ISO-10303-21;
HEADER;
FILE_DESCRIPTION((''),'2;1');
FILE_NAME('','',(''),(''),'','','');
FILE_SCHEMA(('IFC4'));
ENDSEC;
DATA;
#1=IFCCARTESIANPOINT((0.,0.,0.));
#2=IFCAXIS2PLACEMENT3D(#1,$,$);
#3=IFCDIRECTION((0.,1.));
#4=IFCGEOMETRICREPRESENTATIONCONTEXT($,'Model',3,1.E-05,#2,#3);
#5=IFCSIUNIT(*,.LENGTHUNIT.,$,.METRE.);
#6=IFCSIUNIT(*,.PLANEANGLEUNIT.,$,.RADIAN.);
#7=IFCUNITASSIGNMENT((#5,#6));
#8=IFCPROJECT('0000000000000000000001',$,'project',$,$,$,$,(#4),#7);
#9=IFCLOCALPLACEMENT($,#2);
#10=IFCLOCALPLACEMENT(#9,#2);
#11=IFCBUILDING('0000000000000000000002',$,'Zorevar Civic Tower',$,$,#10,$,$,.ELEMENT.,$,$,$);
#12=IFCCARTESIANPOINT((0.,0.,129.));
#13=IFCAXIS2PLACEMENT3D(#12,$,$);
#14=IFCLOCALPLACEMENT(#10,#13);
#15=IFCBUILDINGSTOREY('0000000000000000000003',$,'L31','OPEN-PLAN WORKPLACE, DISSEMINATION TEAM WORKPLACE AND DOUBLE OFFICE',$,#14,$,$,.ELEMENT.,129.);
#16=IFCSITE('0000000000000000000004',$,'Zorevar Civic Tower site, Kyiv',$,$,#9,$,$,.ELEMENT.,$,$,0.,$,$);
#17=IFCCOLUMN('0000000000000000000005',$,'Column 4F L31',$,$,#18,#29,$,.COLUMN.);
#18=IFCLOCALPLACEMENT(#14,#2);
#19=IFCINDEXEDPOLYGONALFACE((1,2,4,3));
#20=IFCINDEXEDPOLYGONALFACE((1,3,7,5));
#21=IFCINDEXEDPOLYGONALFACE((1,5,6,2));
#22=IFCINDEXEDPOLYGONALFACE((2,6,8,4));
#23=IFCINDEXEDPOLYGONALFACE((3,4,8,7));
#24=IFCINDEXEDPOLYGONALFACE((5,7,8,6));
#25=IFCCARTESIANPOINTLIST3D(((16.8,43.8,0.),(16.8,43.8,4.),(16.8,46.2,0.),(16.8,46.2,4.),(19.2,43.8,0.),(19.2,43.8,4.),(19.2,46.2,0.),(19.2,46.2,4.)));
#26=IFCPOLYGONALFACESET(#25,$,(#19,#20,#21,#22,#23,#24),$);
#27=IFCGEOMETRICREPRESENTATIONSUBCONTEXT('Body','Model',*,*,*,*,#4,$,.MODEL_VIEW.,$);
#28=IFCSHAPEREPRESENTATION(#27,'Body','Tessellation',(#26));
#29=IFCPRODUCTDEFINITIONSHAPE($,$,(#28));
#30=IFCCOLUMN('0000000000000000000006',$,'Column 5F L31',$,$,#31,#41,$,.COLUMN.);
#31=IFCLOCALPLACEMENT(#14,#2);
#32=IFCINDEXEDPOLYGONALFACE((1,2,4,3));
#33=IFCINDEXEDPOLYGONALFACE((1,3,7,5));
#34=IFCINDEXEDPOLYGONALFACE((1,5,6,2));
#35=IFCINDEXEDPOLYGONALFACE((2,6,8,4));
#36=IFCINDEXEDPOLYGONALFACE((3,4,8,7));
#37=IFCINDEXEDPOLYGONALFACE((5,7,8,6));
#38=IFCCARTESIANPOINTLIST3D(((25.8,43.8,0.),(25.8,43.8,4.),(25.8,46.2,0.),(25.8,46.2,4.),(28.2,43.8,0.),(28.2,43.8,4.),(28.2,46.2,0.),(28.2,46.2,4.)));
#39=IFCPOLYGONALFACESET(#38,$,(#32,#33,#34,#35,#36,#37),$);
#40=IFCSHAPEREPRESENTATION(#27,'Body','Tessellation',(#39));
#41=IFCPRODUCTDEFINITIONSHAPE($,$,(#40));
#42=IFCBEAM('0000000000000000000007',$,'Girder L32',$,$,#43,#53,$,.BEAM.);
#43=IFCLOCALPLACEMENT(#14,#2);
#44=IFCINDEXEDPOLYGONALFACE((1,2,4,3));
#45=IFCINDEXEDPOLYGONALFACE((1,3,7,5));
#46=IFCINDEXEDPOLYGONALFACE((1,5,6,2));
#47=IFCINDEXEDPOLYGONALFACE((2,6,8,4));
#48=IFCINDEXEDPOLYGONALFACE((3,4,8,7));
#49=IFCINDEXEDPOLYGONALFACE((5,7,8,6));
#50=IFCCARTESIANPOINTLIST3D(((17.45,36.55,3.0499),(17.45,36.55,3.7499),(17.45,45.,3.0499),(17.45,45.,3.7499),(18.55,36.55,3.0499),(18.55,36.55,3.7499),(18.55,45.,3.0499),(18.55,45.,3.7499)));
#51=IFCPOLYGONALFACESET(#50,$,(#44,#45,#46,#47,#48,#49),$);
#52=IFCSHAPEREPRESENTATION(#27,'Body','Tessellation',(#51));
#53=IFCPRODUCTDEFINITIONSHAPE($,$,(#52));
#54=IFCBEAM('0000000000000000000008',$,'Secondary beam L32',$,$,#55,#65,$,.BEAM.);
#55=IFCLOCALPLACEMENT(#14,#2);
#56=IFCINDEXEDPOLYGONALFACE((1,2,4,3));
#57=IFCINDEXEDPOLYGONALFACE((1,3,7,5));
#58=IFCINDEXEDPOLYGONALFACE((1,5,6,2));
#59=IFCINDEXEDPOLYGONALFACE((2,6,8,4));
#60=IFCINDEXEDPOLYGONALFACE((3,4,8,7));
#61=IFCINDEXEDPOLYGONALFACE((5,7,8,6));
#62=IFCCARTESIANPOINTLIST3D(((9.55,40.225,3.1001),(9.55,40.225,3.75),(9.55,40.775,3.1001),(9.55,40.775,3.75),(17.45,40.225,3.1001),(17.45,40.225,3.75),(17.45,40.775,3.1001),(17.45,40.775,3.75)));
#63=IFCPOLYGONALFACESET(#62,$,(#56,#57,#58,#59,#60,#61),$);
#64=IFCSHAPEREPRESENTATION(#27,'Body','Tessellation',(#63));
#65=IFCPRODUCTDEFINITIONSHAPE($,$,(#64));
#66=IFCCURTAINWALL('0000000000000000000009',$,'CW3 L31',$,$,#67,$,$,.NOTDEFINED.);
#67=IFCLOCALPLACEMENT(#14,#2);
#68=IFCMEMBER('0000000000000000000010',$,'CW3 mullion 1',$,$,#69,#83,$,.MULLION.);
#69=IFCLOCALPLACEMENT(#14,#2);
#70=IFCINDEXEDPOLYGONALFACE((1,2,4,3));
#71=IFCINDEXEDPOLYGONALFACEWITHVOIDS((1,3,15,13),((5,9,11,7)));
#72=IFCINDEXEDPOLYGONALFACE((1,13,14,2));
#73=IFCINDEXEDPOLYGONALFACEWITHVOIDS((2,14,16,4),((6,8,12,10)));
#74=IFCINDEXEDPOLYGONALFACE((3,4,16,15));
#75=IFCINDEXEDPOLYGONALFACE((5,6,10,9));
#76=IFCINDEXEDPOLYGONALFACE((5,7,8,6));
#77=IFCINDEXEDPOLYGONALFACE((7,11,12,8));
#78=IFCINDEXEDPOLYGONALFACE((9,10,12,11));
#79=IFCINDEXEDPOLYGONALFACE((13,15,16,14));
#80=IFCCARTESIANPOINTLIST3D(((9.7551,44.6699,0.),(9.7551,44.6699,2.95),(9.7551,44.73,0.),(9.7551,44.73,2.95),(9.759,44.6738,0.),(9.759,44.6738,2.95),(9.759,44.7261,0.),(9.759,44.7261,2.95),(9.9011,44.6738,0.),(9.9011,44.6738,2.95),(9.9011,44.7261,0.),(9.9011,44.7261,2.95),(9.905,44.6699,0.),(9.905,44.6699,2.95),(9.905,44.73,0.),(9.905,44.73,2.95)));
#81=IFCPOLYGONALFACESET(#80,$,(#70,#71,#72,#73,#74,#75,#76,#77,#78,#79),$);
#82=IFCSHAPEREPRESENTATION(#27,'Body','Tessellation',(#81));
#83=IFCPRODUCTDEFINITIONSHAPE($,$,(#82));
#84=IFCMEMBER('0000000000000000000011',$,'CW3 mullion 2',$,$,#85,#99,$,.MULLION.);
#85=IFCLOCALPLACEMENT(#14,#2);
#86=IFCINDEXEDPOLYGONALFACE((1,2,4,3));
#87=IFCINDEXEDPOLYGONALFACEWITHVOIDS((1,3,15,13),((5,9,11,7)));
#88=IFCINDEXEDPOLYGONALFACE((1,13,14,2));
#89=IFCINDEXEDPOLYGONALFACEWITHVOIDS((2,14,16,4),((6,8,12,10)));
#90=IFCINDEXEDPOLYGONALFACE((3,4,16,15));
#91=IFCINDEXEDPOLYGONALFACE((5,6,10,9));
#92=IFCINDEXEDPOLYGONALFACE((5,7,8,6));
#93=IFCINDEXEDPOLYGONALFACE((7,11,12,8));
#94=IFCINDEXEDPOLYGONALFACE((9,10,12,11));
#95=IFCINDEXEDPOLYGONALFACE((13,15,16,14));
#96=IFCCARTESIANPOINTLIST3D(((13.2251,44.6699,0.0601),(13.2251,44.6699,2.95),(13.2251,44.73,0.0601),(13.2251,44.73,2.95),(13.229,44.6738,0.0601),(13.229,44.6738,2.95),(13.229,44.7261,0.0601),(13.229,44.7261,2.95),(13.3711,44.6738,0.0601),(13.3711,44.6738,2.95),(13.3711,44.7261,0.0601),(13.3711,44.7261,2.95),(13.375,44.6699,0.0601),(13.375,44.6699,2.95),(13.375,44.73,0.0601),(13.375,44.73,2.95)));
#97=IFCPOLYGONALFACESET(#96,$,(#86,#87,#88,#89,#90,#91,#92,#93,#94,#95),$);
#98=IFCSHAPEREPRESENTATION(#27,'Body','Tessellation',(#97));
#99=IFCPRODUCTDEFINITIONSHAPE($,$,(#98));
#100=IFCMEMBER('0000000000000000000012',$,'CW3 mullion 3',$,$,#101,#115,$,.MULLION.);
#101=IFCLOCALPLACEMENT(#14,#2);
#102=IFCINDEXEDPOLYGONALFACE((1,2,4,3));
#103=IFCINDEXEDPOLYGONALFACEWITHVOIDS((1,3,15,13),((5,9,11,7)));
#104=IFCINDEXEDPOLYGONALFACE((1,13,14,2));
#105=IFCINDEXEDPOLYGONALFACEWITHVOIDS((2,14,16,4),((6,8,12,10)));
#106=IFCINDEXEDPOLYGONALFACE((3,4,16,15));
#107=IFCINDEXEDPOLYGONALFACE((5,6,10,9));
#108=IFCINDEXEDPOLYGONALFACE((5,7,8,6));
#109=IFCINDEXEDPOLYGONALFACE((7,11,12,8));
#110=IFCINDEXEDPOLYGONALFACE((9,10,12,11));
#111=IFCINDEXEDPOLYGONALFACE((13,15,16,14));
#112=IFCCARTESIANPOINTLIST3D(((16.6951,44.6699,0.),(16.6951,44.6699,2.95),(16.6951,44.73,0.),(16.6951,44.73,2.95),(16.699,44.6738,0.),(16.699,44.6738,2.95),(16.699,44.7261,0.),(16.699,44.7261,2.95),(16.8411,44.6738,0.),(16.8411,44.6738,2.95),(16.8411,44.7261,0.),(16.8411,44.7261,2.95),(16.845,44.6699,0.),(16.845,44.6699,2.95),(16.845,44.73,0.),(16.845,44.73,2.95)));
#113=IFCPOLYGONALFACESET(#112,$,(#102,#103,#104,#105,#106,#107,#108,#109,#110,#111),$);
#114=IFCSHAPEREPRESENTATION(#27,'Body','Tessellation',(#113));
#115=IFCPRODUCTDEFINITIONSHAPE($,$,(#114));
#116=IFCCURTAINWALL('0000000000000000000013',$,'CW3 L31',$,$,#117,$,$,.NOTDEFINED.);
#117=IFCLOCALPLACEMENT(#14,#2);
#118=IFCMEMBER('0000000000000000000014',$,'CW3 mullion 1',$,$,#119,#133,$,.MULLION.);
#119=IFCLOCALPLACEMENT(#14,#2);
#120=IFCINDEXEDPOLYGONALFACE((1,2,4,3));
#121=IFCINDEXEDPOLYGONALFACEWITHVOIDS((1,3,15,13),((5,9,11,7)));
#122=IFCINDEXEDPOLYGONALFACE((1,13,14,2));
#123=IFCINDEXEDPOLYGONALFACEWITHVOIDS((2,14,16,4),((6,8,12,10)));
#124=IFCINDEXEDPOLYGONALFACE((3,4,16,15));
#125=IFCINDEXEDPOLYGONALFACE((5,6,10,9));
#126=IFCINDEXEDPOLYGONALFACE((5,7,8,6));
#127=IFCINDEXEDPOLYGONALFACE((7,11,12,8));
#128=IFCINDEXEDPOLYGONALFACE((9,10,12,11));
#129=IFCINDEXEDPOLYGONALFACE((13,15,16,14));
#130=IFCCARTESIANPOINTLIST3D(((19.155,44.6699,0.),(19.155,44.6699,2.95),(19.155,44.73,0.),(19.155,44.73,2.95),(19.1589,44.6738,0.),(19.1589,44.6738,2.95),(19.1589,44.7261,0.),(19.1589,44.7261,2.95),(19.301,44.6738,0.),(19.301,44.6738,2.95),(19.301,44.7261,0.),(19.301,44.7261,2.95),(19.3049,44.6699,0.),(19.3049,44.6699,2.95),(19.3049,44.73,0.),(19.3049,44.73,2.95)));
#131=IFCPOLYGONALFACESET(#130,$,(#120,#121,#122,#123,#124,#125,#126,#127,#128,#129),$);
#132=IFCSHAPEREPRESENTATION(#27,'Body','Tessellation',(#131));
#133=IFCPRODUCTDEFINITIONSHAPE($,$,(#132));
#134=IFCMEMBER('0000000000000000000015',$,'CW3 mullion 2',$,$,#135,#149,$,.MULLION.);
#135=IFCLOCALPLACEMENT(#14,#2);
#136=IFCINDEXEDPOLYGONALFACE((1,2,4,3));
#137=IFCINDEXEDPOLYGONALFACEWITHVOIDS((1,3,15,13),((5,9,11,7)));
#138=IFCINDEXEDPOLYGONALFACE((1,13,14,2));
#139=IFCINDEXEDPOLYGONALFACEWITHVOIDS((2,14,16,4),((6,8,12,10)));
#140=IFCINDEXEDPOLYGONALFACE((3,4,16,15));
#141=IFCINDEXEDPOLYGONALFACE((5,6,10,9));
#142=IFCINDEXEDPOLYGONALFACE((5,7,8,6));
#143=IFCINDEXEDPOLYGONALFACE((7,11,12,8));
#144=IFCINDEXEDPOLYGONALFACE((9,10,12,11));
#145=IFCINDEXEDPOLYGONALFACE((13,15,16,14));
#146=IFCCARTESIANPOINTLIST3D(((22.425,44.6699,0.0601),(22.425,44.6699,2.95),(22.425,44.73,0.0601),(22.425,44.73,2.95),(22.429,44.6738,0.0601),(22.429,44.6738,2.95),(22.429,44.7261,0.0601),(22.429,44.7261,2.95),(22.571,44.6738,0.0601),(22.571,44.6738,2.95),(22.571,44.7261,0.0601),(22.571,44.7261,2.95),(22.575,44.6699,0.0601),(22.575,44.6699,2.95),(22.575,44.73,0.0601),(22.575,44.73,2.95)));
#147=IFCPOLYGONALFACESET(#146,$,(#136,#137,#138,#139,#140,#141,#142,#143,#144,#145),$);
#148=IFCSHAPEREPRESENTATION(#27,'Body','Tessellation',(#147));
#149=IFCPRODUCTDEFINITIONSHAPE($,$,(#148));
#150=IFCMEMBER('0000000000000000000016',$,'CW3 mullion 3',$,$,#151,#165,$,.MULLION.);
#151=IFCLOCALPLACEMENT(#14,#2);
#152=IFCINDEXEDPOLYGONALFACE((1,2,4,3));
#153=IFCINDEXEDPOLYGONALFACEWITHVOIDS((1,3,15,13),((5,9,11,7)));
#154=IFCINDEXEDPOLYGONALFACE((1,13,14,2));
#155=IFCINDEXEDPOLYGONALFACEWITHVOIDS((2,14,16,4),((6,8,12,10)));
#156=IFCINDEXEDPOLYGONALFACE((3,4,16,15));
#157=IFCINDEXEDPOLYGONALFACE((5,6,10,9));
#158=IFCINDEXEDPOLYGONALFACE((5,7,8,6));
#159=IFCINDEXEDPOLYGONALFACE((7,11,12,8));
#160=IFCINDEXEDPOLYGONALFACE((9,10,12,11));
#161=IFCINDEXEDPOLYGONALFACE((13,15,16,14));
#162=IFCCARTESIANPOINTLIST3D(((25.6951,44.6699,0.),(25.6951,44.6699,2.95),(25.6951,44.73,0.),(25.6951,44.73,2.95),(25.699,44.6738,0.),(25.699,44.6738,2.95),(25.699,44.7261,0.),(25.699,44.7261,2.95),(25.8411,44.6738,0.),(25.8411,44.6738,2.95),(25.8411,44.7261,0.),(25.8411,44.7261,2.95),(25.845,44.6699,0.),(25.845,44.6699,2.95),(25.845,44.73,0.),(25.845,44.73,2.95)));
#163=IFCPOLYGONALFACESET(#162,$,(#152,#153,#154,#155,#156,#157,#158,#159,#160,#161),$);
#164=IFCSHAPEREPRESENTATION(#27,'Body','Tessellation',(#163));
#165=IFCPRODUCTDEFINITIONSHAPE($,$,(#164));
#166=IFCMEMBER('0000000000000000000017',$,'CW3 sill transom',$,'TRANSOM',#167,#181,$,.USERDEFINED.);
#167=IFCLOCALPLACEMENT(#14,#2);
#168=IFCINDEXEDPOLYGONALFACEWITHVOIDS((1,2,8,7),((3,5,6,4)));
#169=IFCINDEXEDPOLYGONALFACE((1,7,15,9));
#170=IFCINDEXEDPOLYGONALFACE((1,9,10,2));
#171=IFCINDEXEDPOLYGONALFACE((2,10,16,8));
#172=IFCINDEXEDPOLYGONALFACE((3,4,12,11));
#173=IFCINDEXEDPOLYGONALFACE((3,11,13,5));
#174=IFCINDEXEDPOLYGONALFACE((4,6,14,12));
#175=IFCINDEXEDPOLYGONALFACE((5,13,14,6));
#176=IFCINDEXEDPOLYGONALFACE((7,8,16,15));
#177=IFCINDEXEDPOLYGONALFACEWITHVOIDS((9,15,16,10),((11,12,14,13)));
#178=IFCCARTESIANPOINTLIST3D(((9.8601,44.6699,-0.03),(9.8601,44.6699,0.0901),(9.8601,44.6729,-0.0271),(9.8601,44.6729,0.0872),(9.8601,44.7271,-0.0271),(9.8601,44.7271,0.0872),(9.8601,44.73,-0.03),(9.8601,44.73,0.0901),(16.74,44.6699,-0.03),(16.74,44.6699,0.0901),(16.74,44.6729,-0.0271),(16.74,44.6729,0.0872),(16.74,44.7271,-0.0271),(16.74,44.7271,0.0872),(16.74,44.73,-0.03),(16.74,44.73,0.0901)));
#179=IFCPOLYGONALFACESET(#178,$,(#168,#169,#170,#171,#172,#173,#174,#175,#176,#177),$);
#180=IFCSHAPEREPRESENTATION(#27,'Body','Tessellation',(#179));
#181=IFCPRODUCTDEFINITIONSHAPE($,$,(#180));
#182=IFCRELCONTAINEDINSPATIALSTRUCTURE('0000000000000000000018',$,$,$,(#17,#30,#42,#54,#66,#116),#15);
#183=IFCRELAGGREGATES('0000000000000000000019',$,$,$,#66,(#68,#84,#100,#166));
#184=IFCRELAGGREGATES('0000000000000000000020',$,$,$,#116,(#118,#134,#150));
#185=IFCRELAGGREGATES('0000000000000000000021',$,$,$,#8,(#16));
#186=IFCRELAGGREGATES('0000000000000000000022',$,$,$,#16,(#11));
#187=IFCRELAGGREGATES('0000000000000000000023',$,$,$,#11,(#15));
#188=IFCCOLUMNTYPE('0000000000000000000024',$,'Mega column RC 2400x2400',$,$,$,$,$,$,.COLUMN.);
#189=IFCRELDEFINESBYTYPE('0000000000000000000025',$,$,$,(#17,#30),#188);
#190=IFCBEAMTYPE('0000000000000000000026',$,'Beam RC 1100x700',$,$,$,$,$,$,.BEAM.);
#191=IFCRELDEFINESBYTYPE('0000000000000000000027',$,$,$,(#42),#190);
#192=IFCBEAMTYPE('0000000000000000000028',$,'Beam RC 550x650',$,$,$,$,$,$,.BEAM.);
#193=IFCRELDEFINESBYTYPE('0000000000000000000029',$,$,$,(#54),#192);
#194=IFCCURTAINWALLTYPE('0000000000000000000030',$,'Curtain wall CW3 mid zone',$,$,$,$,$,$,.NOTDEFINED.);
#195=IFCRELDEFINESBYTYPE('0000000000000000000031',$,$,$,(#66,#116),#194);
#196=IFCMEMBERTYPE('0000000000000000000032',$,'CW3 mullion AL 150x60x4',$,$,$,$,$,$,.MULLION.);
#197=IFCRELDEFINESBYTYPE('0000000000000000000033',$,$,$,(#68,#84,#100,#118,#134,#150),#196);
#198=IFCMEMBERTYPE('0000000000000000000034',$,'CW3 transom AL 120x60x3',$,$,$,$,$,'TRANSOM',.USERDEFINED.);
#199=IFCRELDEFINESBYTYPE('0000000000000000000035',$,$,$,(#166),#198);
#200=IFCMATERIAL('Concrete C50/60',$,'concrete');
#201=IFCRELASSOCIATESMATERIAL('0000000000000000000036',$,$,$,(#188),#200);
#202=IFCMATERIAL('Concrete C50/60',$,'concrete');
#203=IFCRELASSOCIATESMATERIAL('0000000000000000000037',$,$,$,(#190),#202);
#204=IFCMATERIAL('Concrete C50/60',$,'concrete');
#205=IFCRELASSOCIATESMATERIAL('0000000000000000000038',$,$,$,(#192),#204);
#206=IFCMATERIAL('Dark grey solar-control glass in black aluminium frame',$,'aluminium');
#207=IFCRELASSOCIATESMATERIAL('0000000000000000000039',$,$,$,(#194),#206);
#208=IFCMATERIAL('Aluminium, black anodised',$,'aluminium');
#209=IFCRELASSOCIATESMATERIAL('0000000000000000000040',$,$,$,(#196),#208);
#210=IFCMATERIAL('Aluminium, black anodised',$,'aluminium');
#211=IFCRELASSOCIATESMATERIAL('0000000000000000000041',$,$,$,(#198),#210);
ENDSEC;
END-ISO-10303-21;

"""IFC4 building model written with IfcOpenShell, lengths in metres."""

from ifc_helpers import new_model, si_unit, direction, frame, origin, origin_2d, place, context, subcontext, project, spatial, rectangle, hollow_rectangle, extrude, material, material_profile, profile_set, type_object, element, aggregate, save


model = new_model("IFC4")

# Units and contexts
model_context = context("Model", 3, precision=1e-05, world=origin(), true_north=direction((0.0, 1.0)))
body_context = subcontext(model_context, "Body", "Model", "MODEL_VIEW")
ifc_project = project(units=[si_unit("LENGTHUNIT", "METRE"), si_unit("PLANEANGLEUNIT", "RADIAN")], contexts=[model_context])

# Site, building, storey
site_placement = place(None, origin())
site = spatial("IfcSite", under=ifc_project, at=site_placement, Name="Zorevar Civic Tower site, Kyiv", CompositionType="ELEMENT", RefElevation=0.0)
building_placement = place(site_placement, origin())
building = spatial("IfcBuilding", under=site, at=building_placement, Name="Zorevar Civic Tower", CompositionType="ELEMENT")
storey_placement = place(building_placement, frame((0.0, 0.0, 129.0)))
storey = spatial("IfcBuildingStorey", under=building, at=storey_placement, Name="L31", Description="OPEN-PLAN WORKPLACE, DISSEMINATION TEAM WORKPLACE AND DOUBLE OFFICE", CompositionType="ELEMENT", Elevation=129.0)

# Columns
ifc_material_1 = material(Name="Concrete C50/60", Category="concrete")
ifc_material_profile_1 = material_profile(ifc_material_1, rectangle(XDim=2.3999, YDim=2.3999, at=origin_2d()), Name="RC 2400x2400")
ifc_profile_set_1 = profile_set([ifc_material_profile_1], Name="Concrete C50/60")
column_type = type_object("IfcColumnType", Name="Mega column RC 2400x2400", PredefinedType="COLUMN", material=ifc_profile_set_1)
for number, where, z_axis, x_axis, name in (
    (1, (18.0, 45.0, 0.0), (0.0, 0.0, 1.0), (1.0, 0.0, 0.0), "Column 4F L31"),
    (2, (27.0, 45.0, 0.0), (0.0, 0.0, 1.0), (1.0, 0.0, 0.0), "Column 5F L31"),
):
    element("IfcColumn", number, at=place(storey_placement, frame(where, z_axis=z_axis, x_axis=x_axis)), inside=storey, type_object=column_type, Name=name, PredefinedType="COLUMN", context=body_context, shape_type="SweptSolid", body=[
        extrude(rectangle(XDim=2.3999, YDim=2.3999, at=origin_2d()), origin(), (0.0, 0.0, 1.0), 4.0),
    ])

# Beams
ifc_material_2 = material(Name="Concrete C50/60", Category="concrete")
ifc_material_profile_2 = material_profile(ifc_material_2, rectangle(XDim=1.1001, YDim=0.7, at=origin_2d()), Name="RC 1100x700")
ifc_profile_set_2 = profile_set([ifc_material_profile_2], Name="Concrete C50/60")
beam_type_1 = type_object("IfcBeamType", Name="Beam RC 1100x700", PredefinedType="BEAM", material=ifc_profile_set_2)
beam_1_placement = place(storey_placement, frame((18.0, 36.55, 3.3999), z_axis=(0.0, 1.0, 0.0), x_axis=(-1.0, 0.0, 0.0)))
element("IfcBeam", 3, at=beam_1_placement, inside=storey, type_object=beam_type_1, Name="Girder L32", PredefinedType="BEAM", context=body_context, shape_type="SweptSolid", body=[
    extrude(rectangle(XDim=1.1001, YDim=0.7, at=origin_2d()), origin(), (0.0, 0.0, 1.0), 8.45),
])
ifc_material_3 = material(Name="Concrete C50/60", Category="concrete")
ifc_material_profile_3 = material_profile(ifc_material_3, rectangle(XDim=0.55, YDim=0.6499, at=origin_2d()), Name="RC 550x650")
ifc_profile_set_3 = profile_set([ifc_material_profile_3], Name="Concrete C50/60")
beam_type_2 = type_object("IfcBeamType", Name="Beam RC 550x650", PredefinedType="BEAM", material=ifc_profile_set_3)
beam_2_placement = place(storey_placement, frame((9.55, 40.5, 3.425), z_axis=(1.0, 0.0, 0.0), x_axis=(0.0, 1.0, 0.0)))
element("IfcBeam", 4, at=beam_2_placement, inside=storey, type_object=beam_type_2, Name="Secondary beam L32", PredefinedType="BEAM", context=body_context, shape_type="SweptSolid", body=[
    extrude(rectangle(XDim=0.55, YDim=0.6499, at=origin_2d()), origin(), (0.0, 0.0, 1.0), 7.8999),
])

# Curtain walls, members
ifc_material_4 = material(Name="Dark grey solar-control glass in black aluminium frame", Category="aluminium")
curtain_wall_type = type_object("IfcCurtainWallType", Name="Curtain wall CW3 mid zone", PredefinedType="NOTDEFINED", material=ifc_material_4)
curtain_wall_1_placement = place(storey_placement, origin())
curtain_wall_1 = element("IfcCurtainWall", 5, at=curtain_wall_1_placement, inside=storey, type_object=curtain_wall_type, Name="CW3 L31", PredefinedType="NOTDEFINED")
ifc_material_5 = material(Name="Aluminium, black anodised", Category="aluminium")
ifc_material_profile_4 = material_profile(ifc_material_5, hollow_rectangle(XDim=0.0601, YDim=0.1499, WallThickness=0.0039, at=origin_2d()), Name="AL 150x60x4")
ifc_profile_set_4 = profile_set([ifc_material_profile_4], Name="Aluminium, black anodised")
member_type_1 = type_object("IfcMemberType", Name="CW3 mullion AL 150x60x4", PredefinedType="MULLION", material=ifc_profile_set_4)
member_1_placement = place(storey_placement, frame((9.8301, 44.7, 0.0), z_axis=(0.0, 0.0, 1.0), x_axis=(0.0, 1.0, 0.0)))
member_1 = element("IfcMember", 6, at=member_1_placement, type_object=member_type_1, Name="CW3 mullion 1", PredefinedType="MULLION", context=body_context, shape_type="SweptSolid", body=[
    extrude(hollow_rectangle(XDim=0.0601, YDim=0.1499, WallThickness=0.0039, at=origin_2d()), origin(), (0.0, 0.0, 1.0), 2.95),
])
member_2_placement = place(storey_placement, frame((13.3, 44.7, 0.0601), z_axis=(0.0, 0.0, 1.0), x_axis=(0.0, 1.0, 0.0)))
member_2 = element("IfcMember", 7, at=member_2_placement, type_object=member_type_1, Name="CW3 mullion 2", PredefinedType="MULLION", context=body_context, shape_type="SweptSolid", body=[
    extrude(hollow_rectangle(XDim=0.0601, YDim=0.1499, WallThickness=0.0039, at=origin_2d()), origin(), (0.0, 0.0, 1.0), 2.8899),
])
member_3_placement = place(storey_placement, frame((16.77, 44.7, 0.0), z_axis=(0.0, 0.0, 1.0), x_axis=(0.0, 1.0, 0.0)))
member_3 = element("IfcMember", 8, at=member_3_placement, type_object=member_type_1, Name="CW3 mullion 3", PredefinedType="MULLION", context=body_context, shape_type="SweptSolid", body=[
    extrude(hollow_rectangle(XDim=0.0601, YDim=0.1499, WallThickness=0.0039, at=origin_2d()), origin(), (0.0, 0.0, 1.0), 2.95),
])
curtain_wall_2_placement = place(storey_placement, origin())
curtain_wall_2 = element("IfcCurtainWall", 9, at=curtain_wall_2_placement, inside=storey, type_object=curtain_wall_type, Name="CW3 L31", PredefinedType="NOTDEFINED")
member_4_placement = place(storey_placement, frame((19.23, 44.7, 0.0), z_axis=(0.0, 0.0, 1.0), x_axis=(0.0, 1.0, 0.0)))
member_4 = element("IfcMember", 10, at=member_4_placement, type_object=member_type_1, Name="CW3 mullion 1", PredefinedType="MULLION", context=body_context, shape_type="SweptSolid", body=[
    extrude(hollow_rectangle(XDim=0.0601, YDim=0.1499, WallThickness=0.0039, at=origin_2d()), origin(), (0.0, 0.0, 1.0), 2.95),
])
member_5_placement = place(storey_placement, frame((22.5, 44.7, 0.0601), z_axis=(0.0, 0.0, 1.0), x_axis=(0.0, 1.0, 0.0)))
member_5 = element("IfcMember", 11, at=member_5_placement, type_object=member_type_1, Name="CW3 mullion 2", PredefinedType="MULLION", context=body_context, shape_type="SweptSolid", body=[
    extrude(hollow_rectangle(XDim=0.0601, YDim=0.1499, WallThickness=0.0039, at=origin_2d()), origin(), (0.0, 0.0, 1.0), 2.8899),
])
member_6_placement = place(storey_placement, frame((25.77, 44.7, 0.0), z_axis=(0.0, 0.0, 1.0), x_axis=(0.0, 1.0, 0.0)))
member_6 = element("IfcMember", 12, at=member_6_placement, type_object=member_type_1, Name="CW3 mullion 3", PredefinedType="MULLION", context=body_context, shape_type="SweptSolid", body=[
    extrude(hollow_rectangle(XDim=0.0601, YDim=0.1499, WallThickness=0.0039, at=origin_2d()), origin(), (0.0, 0.0, 1.0), 2.95),
])

# Member
ifc_material_6 = material(Name="Aluminium, black anodised", Category="aluminium")
ifc_material_profile_5 = material_profile(ifc_material_6, hollow_rectangle(XDim=0.0601, YDim=0.1201, WallThickness=0.0029, at=origin_2d()), Name="AL 120x60x3")
ifc_profile_set_5 = profile_set([ifc_material_profile_5], Name="Aluminium, black anodised")
member_type_2 = type_object("IfcMemberType", Name="CW3 transom AL 120x60x3", ElementType="TRANSOM", PredefinedType="USERDEFINED", material=ifc_profile_set_5)
member_7_placement = place(storey_placement, frame((9.8601, 44.7, 0.03), z_axis=(1.0, 0.0, 0.0), x_axis=(0.0, 1.0, 0.0)))
member_7 = element("IfcMember", 13, at=member_7_placement, type_object=member_type_2, Name="CW3 sill transom", ObjectType="TRANSOM", PredefinedType="USERDEFINED", context=body_context, shape_type="SweptSolid", body=[
    extrude(hollow_rectangle(XDim=0.0601, YDim=0.1201, WallThickness=0.0029, at=origin_2d()), origin(), (0.0, 0.0, 1.0), 6.8799),
])

aggregate(curtain_wall_1, [member_1, member_2, member_3, member_7])
aggregate(curtain_wall_2, [member_4, member_5, member_6])

save(model, "model.ifc")
